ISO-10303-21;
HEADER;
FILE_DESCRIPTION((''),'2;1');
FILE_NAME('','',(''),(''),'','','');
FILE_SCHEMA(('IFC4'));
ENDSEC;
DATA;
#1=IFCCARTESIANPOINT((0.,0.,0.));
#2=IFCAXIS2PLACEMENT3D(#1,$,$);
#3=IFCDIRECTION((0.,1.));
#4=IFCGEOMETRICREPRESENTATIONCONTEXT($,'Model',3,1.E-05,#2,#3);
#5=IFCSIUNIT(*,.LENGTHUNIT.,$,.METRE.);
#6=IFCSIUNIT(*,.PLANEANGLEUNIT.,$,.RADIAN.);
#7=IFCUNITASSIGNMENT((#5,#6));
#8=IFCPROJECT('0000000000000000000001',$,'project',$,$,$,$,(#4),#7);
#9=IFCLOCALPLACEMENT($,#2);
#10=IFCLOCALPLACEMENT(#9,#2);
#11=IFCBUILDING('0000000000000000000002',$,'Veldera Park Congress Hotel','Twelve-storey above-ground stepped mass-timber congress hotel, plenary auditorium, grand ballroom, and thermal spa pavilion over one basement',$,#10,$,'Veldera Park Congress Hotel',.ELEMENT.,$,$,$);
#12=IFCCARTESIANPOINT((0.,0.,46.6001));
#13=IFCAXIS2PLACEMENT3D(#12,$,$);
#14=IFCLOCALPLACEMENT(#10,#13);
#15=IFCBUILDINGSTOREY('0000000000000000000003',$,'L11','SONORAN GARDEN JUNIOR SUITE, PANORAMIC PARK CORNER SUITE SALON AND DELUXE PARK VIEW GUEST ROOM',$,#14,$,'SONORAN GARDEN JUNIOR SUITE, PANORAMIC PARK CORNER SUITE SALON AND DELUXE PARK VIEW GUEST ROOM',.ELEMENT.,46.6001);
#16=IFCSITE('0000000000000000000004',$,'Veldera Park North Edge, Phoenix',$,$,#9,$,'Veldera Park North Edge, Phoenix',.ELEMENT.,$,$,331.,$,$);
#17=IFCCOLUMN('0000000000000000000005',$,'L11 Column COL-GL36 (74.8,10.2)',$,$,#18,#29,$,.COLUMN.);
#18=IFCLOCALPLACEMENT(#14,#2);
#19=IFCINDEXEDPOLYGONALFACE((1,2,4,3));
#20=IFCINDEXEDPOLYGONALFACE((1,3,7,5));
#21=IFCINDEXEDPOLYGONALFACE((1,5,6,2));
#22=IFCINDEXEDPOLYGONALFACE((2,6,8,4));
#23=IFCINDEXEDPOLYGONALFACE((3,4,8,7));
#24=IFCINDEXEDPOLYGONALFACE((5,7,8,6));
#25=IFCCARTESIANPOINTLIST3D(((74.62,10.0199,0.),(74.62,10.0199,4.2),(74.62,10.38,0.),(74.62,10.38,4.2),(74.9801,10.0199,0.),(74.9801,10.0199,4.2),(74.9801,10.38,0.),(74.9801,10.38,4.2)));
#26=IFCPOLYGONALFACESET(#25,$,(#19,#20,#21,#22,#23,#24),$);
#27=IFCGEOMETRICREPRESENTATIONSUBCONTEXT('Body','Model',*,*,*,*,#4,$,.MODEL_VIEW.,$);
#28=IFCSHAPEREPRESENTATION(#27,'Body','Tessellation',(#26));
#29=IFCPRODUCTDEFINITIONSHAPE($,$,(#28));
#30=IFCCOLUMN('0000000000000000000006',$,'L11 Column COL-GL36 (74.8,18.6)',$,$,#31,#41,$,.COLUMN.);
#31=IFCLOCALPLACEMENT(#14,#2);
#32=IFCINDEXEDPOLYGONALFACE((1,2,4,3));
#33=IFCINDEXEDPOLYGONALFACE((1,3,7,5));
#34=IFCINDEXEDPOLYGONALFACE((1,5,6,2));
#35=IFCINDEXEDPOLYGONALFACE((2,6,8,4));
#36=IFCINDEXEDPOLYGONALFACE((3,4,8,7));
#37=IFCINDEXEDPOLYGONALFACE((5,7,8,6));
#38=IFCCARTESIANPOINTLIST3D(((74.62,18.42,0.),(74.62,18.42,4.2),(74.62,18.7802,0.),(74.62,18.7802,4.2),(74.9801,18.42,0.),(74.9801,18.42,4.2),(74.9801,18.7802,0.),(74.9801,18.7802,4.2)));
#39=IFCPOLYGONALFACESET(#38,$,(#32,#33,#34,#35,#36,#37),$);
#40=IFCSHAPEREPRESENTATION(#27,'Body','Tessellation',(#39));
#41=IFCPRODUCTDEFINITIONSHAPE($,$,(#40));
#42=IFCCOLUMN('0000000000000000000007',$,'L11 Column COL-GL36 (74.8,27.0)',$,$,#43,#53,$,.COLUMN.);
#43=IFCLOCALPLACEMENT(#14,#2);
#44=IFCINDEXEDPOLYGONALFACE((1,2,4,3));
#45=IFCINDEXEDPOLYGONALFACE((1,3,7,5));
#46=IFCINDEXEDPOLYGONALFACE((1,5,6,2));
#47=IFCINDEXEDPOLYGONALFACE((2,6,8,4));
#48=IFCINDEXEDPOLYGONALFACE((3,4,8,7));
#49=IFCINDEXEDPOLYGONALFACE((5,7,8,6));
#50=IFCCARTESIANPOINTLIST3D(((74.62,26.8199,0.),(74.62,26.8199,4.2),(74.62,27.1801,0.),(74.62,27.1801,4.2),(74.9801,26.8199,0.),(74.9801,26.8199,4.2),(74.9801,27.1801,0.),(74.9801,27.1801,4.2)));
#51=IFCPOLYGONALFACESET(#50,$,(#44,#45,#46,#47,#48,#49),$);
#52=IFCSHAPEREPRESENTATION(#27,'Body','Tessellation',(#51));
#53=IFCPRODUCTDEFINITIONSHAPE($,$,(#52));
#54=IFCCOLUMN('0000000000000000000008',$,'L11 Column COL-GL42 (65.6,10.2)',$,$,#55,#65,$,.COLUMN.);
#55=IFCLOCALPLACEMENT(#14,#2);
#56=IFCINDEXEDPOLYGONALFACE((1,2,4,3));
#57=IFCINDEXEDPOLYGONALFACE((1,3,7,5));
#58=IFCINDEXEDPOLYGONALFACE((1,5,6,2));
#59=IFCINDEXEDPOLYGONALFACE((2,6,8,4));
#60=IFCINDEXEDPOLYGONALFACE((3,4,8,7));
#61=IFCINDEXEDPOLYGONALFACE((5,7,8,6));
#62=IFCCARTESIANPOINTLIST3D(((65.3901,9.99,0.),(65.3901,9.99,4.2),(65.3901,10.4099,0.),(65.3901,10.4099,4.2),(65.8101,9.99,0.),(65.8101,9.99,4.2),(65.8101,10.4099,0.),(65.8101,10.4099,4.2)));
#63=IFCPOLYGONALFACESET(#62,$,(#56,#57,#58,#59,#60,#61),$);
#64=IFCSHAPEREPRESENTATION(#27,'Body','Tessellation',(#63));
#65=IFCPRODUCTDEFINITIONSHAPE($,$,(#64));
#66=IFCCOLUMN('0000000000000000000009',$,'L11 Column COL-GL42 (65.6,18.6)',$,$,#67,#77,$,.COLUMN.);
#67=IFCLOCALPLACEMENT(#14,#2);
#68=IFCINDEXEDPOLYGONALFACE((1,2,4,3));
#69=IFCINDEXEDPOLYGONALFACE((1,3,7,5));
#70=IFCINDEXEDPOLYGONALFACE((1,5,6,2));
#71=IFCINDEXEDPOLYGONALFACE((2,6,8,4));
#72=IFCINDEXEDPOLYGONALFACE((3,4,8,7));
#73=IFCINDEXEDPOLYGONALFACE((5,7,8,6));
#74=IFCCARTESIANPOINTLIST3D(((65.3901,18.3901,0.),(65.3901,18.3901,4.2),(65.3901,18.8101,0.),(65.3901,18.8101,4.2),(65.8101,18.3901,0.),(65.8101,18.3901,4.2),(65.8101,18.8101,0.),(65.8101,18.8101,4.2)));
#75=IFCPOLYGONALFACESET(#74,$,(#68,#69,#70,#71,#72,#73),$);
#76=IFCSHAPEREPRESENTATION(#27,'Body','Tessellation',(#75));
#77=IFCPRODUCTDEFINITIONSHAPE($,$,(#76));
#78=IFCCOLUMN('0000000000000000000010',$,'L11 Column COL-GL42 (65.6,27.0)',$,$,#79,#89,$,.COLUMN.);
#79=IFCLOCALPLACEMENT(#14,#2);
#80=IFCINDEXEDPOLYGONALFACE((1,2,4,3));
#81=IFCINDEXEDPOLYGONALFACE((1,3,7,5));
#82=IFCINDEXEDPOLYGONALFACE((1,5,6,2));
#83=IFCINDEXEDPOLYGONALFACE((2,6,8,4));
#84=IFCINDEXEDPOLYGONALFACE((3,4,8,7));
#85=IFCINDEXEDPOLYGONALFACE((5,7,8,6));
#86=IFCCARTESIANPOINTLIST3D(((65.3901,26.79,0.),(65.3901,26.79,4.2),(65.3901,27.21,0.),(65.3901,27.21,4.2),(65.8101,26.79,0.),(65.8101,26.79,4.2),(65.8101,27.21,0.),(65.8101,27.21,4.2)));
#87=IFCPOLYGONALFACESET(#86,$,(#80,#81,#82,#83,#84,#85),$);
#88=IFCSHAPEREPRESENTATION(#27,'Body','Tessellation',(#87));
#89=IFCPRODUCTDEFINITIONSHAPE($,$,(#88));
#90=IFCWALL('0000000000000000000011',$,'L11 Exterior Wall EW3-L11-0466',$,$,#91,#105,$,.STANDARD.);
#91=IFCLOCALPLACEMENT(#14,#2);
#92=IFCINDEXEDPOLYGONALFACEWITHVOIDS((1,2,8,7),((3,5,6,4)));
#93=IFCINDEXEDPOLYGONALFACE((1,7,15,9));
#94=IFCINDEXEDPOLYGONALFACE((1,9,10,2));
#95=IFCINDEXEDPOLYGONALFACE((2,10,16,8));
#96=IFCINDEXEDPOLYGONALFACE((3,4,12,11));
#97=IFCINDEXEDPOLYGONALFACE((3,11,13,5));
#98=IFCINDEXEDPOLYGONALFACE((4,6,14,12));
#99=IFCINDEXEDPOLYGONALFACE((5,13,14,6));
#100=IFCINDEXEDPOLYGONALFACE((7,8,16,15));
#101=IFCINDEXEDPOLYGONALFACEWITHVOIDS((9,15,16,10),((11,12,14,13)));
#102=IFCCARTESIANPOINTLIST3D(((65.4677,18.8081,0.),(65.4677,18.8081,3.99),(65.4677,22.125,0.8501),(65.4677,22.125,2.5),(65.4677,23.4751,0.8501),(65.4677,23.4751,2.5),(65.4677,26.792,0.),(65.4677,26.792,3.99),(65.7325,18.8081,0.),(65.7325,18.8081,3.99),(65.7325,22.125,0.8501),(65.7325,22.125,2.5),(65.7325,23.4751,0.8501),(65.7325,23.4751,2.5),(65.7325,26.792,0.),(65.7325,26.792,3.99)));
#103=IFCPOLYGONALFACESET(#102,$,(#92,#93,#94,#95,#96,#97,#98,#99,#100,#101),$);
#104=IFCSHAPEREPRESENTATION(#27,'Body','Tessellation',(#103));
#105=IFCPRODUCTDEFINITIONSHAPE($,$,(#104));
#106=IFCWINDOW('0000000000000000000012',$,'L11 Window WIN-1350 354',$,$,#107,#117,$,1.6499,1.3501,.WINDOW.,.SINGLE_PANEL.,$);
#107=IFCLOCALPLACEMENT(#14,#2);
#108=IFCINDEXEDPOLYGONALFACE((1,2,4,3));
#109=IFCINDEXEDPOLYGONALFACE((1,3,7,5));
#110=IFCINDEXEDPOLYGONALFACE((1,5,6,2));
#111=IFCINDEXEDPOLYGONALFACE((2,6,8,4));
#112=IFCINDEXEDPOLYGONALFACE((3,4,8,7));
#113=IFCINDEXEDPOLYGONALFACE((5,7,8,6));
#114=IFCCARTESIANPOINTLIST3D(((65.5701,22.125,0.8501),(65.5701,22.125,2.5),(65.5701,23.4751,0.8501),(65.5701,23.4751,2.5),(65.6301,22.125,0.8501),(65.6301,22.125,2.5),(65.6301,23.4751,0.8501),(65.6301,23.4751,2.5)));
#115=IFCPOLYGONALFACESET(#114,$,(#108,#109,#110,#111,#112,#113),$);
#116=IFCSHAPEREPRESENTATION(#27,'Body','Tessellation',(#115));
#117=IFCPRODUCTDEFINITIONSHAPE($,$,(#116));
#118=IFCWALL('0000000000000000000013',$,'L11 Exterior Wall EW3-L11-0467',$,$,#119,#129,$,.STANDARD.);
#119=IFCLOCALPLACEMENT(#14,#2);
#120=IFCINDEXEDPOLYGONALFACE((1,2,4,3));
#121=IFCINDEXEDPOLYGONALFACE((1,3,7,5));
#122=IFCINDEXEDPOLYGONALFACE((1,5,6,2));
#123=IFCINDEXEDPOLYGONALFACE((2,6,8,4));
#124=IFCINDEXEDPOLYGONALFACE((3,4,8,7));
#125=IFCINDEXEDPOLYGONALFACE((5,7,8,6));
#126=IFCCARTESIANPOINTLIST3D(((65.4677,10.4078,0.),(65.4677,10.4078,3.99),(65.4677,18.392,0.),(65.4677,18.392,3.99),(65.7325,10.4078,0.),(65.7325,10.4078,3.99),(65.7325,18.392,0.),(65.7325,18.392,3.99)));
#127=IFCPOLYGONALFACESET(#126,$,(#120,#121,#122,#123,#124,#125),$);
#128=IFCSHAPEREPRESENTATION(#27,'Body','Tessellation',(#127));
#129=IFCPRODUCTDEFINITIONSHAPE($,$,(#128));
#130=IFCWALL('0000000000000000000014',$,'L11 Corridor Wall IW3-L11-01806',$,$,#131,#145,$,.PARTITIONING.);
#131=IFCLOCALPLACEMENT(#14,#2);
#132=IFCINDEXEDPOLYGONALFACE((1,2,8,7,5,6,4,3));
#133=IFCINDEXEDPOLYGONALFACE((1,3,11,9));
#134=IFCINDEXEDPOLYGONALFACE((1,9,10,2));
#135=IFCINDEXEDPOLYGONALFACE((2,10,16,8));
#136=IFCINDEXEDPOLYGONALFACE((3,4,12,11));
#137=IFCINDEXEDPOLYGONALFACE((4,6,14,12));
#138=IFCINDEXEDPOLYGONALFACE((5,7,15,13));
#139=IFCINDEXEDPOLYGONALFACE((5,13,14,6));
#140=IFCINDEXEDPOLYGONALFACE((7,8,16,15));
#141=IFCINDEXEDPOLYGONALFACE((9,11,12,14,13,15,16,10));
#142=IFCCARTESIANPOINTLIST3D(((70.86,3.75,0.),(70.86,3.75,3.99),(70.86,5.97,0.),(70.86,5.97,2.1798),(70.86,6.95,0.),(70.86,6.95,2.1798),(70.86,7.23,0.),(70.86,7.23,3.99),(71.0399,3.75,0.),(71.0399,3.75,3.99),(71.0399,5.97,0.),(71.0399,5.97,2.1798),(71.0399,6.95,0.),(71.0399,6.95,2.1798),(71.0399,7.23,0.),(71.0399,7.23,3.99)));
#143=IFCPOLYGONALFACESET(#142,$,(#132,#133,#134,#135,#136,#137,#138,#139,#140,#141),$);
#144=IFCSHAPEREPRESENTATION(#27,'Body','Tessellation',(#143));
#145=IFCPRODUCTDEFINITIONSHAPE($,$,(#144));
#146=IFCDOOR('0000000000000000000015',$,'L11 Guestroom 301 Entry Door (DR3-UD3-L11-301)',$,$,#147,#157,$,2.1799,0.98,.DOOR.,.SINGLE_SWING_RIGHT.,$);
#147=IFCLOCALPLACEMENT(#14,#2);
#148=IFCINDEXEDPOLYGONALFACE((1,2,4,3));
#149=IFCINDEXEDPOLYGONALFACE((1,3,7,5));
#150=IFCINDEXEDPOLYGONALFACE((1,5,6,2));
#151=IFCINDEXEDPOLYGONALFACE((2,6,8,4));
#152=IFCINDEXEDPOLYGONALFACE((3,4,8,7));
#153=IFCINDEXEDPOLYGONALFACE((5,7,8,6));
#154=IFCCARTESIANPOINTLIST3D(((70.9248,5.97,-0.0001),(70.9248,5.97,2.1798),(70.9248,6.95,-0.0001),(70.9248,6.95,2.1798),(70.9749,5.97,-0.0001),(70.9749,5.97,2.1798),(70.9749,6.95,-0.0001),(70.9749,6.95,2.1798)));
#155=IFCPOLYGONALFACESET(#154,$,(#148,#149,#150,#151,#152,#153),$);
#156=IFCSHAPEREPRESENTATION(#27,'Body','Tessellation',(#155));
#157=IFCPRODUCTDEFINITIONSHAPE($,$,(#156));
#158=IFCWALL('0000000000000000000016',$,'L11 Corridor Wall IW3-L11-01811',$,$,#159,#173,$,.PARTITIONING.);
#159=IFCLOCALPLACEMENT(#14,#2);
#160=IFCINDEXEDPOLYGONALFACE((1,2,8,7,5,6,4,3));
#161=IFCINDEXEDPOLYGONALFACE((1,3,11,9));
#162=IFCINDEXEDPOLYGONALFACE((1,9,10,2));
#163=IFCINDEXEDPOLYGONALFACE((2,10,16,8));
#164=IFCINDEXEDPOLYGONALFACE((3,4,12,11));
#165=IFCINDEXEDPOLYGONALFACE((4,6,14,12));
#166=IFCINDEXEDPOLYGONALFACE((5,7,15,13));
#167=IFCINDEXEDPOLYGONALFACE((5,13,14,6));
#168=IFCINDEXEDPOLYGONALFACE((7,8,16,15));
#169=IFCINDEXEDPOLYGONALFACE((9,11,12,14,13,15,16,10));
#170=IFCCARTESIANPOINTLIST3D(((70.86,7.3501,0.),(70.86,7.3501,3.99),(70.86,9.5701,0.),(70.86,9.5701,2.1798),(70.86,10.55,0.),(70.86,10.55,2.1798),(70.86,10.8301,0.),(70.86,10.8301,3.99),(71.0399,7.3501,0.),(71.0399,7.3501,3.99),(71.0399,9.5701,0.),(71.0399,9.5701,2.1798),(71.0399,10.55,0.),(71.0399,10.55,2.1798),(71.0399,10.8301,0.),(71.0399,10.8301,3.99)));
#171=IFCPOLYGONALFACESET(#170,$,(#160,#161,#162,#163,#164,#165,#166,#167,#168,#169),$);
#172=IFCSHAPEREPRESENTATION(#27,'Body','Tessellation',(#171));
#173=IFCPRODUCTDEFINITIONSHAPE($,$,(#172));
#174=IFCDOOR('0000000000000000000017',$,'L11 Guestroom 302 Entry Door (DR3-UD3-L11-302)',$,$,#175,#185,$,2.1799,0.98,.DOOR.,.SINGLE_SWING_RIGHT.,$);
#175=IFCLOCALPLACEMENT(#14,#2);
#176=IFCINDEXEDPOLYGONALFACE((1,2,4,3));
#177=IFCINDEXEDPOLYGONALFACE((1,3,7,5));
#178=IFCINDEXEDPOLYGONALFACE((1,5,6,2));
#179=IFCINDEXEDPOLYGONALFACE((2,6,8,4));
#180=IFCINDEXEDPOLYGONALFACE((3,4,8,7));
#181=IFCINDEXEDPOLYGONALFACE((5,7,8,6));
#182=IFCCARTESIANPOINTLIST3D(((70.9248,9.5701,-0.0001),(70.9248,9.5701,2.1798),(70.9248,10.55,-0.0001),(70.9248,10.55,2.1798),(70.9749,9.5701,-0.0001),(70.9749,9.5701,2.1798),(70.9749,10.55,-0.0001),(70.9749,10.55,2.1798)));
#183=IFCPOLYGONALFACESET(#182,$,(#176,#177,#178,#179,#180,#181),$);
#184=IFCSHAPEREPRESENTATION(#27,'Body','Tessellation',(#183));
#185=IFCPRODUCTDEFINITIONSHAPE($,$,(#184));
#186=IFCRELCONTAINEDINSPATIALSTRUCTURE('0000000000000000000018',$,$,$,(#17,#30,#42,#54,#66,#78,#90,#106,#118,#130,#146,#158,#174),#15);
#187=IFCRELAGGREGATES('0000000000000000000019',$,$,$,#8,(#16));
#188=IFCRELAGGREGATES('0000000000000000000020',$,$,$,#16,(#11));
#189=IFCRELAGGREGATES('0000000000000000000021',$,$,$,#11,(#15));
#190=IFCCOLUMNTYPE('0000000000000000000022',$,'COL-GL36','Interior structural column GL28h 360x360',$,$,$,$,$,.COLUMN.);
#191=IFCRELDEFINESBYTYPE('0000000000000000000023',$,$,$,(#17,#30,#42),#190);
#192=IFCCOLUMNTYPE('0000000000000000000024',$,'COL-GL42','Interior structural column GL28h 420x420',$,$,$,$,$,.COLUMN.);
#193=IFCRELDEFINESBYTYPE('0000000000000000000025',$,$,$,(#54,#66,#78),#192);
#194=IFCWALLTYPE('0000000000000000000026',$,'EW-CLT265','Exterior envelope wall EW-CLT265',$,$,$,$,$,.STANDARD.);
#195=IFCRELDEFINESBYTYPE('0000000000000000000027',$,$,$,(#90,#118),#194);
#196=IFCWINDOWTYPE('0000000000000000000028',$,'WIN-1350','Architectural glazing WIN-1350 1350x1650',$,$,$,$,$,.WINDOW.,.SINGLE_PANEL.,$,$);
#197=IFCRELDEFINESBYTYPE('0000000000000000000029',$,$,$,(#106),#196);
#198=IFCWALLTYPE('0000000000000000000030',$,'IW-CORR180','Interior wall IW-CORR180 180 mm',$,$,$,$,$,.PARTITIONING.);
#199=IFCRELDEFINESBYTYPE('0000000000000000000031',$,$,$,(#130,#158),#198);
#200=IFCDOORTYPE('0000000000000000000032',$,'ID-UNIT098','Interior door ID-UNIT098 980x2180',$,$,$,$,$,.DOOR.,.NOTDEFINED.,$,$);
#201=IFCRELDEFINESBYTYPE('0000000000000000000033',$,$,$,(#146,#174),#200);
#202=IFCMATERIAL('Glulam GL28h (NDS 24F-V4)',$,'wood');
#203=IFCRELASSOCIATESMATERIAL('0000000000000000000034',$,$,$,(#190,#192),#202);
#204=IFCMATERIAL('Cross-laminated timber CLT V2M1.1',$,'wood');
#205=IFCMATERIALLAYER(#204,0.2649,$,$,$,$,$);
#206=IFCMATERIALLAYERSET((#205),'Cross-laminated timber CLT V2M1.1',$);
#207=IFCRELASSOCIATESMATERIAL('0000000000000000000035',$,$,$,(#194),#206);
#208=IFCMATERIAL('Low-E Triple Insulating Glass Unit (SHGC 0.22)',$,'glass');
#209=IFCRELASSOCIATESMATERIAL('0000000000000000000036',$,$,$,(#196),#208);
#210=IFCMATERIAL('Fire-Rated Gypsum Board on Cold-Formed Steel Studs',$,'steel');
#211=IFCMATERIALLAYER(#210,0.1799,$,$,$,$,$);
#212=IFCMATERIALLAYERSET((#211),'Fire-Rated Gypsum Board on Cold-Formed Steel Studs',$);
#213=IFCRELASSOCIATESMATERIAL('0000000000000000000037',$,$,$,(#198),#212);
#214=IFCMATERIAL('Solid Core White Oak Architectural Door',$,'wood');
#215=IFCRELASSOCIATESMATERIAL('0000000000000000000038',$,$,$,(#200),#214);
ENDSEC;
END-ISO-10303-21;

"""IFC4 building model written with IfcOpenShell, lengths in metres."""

from ifc_helpers import new_model, si_unit, direction, frame, frame_2d, origin, origin_2d, place, context, subcontext, project, spatial, rectangle, extrude, material, layer, layer_set, material_profile, profile_set, type_object, element, fill, save


model = new_model("IFC4")

# Units and contexts
model_context = context("Model", 3, precision=1e-05, world=origin(), true_north=direction((0.0, 1.0)))
body_context = subcontext(model_context, "Body", "Model", "MODEL_VIEW")
ifc_project = project(units=[si_unit("LENGTHUNIT", "METRE"), si_unit("PLANEANGLEUNIT", "RADIAN")], contexts=[model_context])

# Site, building, storey
site_placement = place(None, origin())
site = spatial("IfcSite", under=ifc_project, at=site_placement, Name="Veldera Park North Edge, Phoenix", LongName="Veldera Park North Edge, Phoenix", CompositionType="ELEMENT", RefElevation=331.0)
building_placement = place(site_placement, origin())
building = spatial("IfcBuilding", under=site, at=building_placement, Name="Veldera Park Congress Hotel", Description="Twelve-storey above-ground stepped mass-timber congress hotel, plenary auditorium, grand ballroom, and thermal spa pavilion over one basement", LongName="Veldera Park Congress Hotel", CompositionType="ELEMENT")
storey_placement = place(building_placement, frame((0.0, 0.0, 46.6001)))
storey = spatial("IfcBuildingStorey", under=building, at=storey_placement, Name="L11", Description="SONORAN GARDEN JUNIOR SUITE, PANORAMIC PARK CORNER SUITE SALON AND DELUXE PARK VIEW GUEST ROOM", LongName="SONORAN GARDEN JUNIOR SUITE, PANORAMIC PARK CORNER SUITE SALON AND DELUXE PARK VIEW GUEST ROOM", CompositionType="ELEMENT", Elevation=46.6001)

# Columns
ifc_material_1 = material(Name="Glulam GL28h (NDS 24F-V4)", Category="wood")
ifc_material_profile_1 = material_profile(ifc_material_1, rectangle(XDim=0.3601, YDim=0.3601, at=origin_2d()), Name="GL28h 360x360")
ifc_profile_set_1 = profile_set([ifc_material_profile_1], Name="Glulam GL28h (NDS 24F-V4)")
column_type_1 = type_object("IfcColumnType", Name="COL-GL36", Description="Interior structural column GL28h 360x360", PredefinedType="COLUMN", material=ifc_profile_set_1)
for number, where, z_axis, x_axis, name in (
    (1, (74.8, 10.2, 0.0), (0.0, 0.0, 1.0), (1.0, 0.0, 0.0), "L11 Column COL-GL36 (74.8,10.2)"),
    (2, (74.8, 18.6001, 0.0), (0.0, 0.0, 1.0), (1.0, 0.0, 0.0), "L11 Column COL-GL36 (74.8,18.6)"),
    (3, (74.8, 27.0, 0.0), (0.0, 0.0, 1.0), (1.0, 0.0, 0.0), "L11 Column COL-GL36 (74.8,27.0)"),
):
    element("IfcColumn", number, at=place(storey_placement, frame(where, z_axis=z_axis, x_axis=x_axis)), inside=storey, type_object=column_type_1, Name=name, PredefinedType="COLUMN", context=body_context, shape_type="SweptSolid", body=[
        extrude(rectangle(XDim=0.3601, YDim=0.3601, at=origin_2d()), origin(), (0.0, 0.0, 1.0), 4.2),
    ])
ifc_material_profile_2 = material_profile(ifc_material_1, rectangle(XDim=0.4199, YDim=0.4199, at=origin_2d()), Name="GL28h 420x420")
ifc_profile_set_2 = profile_set([ifc_material_profile_2], Name="Glulam GL28h (NDS 24F-V4)")
column_type_2 = type_object("IfcColumnType", Name="COL-GL42", Description="Interior structural column GL28h 420x420", PredefinedType="COLUMN", material=ifc_profile_set_2)
for number, where, z_axis, x_axis, name in (
    (4, (65.6001, 10.2, 0.0), (0.0, 0.0, 1.0), (1.0, 0.0, 0.0), "L11 Column COL-GL42 (65.6,10.2)"),
    (5, (65.6001, 18.6001, 0.0), (0.0, 0.0, 1.0), (1.0, 0.0, 0.0), "L11 Column COL-GL42 (65.6,18.6)"),
    (6, (65.6001, 27.0, 0.0), (0.0, 0.0, 1.0), (1.0, 0.0, 0.0), "L11 Column COL-GL42 (65.6,27.0)"),
):
    element("IfcColumn", number, at=place(storey_placement, frame(where, z_axis=z_axis, x_axis=x_axis)), inside=storey, type_object=column_type_2, Name=name, PredefinedType="COLUMN", context=body_context, shape_type="SweptSolid", body=[
        extrude(rectangle(XDim=0.4199, YDim=0.4199, at=origin_2d()), origin(), (0.0, 0.0, 1.0), 4.2),
    ])

# Wall, opening, window
ifc_material_2 = material(Name="Cross-laminated timber CLT V2M1.1", Category="wood")
ifc_layer_1 = layer(ifc_material_2, 0.2649)
ifc_layer_set_1 = layer_set([ifc_layer_1], Name="Cross-laminated timber CLT V2M1.1")
wall_type_1 = type_object("IfcWallType", Name="EW-CLT265", Description="Exterior envelope wall EW-CLT265", PredefinedType="STANDARD", material=ifc_layer_set_1)
wall_1_placement = place(storey_placement, frame((65.6001, 26.792, 0.0), z_axis=(0.0, 0.0, 1.0), x_axis=(0.0, -1.0, 0.0)))
wall_1 = element("IfcWall", 7, at=wall_1_placement, inside=storey, type_object=wall_type_1, Name="L11 Exterior Wall EW3-L11-0466", PredefinedType="STANDARD", context=body_context, shape_type="SweptSolid", body=[
    extrude(rectangle(XDim=7.9839, YDim=0.2649, at=frame_2d((3.9919, 0.0))), origin(), (0.0, 0.0, 1.0), 3.99),
])
opening_1_placement = place(wall_1_placement, frame((3.3169, 0.0, 0.8501)))
opening_1 = element("IfcOpeningElement", 8, at=opening_1_placement, cuts=wall_1, PredefinedType="OPENING", context=body_context, shape_type="SweptSolid", body=[
    extrude(rectangle(XDim=1.3501, YDim=1.6499, at=frame_2d((0.675, 0.825))), frame((0.0, 0.1445, 0.0), z_axis=(0.0, -1.0, 0.0), x_axis=(1.0, 0.0, 0.0)), (0.0, 0.0, 1.0), 0.2888),
])
ifc_material_3 = material(Name="Low-E Triple Insulating Glass Unit (SHGC 0.22)", Category="glass")
window_type = type_object("IfcWindowType", Name="WIN-1350", Description="Architectural glazing WIN-1350 1350x1650", PartitioningType="SINGLE_PANEL", PredefinedType="WINDOW", material=ifc_material_3)
window_placement = place(opening_1_placement, origin())
window = element("IfcWindow", 9, at=window_placement, inside=storey, type_object=window_type, Name="L11 Window WIN-1350 354", OverallHeight=1.6499, OverallWidth=1.3501, PartitioningType="SINGLE_PANEL", PredefinedType="WINDOW", context=body_context, shape_type="SweptSolid", body=[
    extrude(rectangle(XDim=1.3501, YDim=1.6499, at=frame_2d((0.675, 0.825))), frame((0.0, 0.03, 0.0), z_axis=(0.0, -1.0, 0.0), x_axis=(1.0, 0.0, 0.0)), (0.0, 0.0, 1.0), 0.0601),
])
fill(opening_1, window)

# Wall
wall_2_placement = place(storey_placement, frame((65.6001, 18.3921, 0.0), z_axis=(0.0, 0.0, 1.0), x_axis=(0.0, -1.0, 0.0)))
element("IfcWall", 10, at=wall_2_placement, inside=storey, type_object=wall_type_1, Name="L11 Exterior Wall EW3-L11-0467", PredefinedType="STANDARD", context=body_context, shape_type="SweptSolid", body=[
    extrude(rectangle(XDim=7.9841, YDim=0.2649, at=frame_2d((3.9922, 0.0))), origin(), (0.0, 0.0, 1.0), 3.99),
])

# Walls, openings, doors
ifc_material_4 = material(Name="Fire-Rated Gypsum Board on Cold-Formed Steel Studs", Category="steel")
ifc_layer_2 = layer(ifc_material_4, 0.1799)
ifc_layer_set_2 = layer_set([ifc_layer_2], Name="Fire-Rated Gypsum Board on Cold-Formed Steel Studs")
wall_type_2 = type_object("IfcWallType", Name="IW-CORR180", Description="Interior wall IW-CORR180 180 mm", PredefinedType="PARTITIONING", material=ifc_layer_set_2)
wall_3_placement = place(storey_placement, frame((70.95, 7.23, 0.0), z_axis=(0.0, 0.0, 1.0), x_axis=(0.0, -1.0, 0.0)))
wall_3 = element("IfcWall", 11, at=wall_3_placement, inside=storey, type_object=wall_type_2, Name="L11 Corridor Wall IW3-L11-01806", PredefinedType="PARTITIONING", context=body_context, shape_type="SweptSolid", body=[
    extrude(rectangle(XDim=3.48, YDim=0.1799, at=frame_2d((1.74, 0.0))), origin(), (0.0, 0.0, 1.0), 3.99),
])
opening_2_placement = place(wall_3_placement, frame((0.28, 0.0, 0.0)))
opening_2 = element("IfcOpeningElement", 12, at=opening_2_placement, cuts=wall_3, PredefinedType="OPENING", context=body_context, shape_type="SweptSolid", body=[
    extrude(rectangle(XDim=0.98, YDim=2.1799, at=frame_2d((0.49, 1.0898))), frame((0.0, 0.1021, 0.0), z_axis=(0.0, -1.0, 0.0), x_axis=(1.0, 0.0, 0.0)), (0.0, 0.0, 1.0), 0.2039),
])
ifc_material_5 = material(Name="Solid Core White Oak Architectural Door", Category="wood")
door_type = type_object("IfcDoorType", Name="ID-UNIT098", Description="Interior door ID-UNIT098 980x2180", OperationType="NOTDEFINED", PredefinedType="DOOR", material=ifc_material_5)
door_1_placement = place(opening_2_placement, origin())
door_1 = element("IfcDoor", 13, at=door_1_placement, inside=storey, type_object=door_type, Name="L11 Guestroom 301 Entry Door (DR3-UD3-L11-301)", OperationType="SINGLE_SWING_RIGHT", OverallHeight=2.1799, OverallWidth=0.98, PredefinedType="DOOR", context=body_context, shape_type="SweptSolid", body=[
    extrude(rectangle(XDim=0.98, YDim=2.1799, at=frame_2d((0.49, 1.0898))), frame((0.0, 0.0249, 0.0), z_axis=(0.0, -1.0, 0.0), x_axis=(1.0, 0.0, 0.0)), (0.0, 0.0, 1.0), 0.05),
])
fill(opening_2, door_1)
wall_4_placement = place(storey_placement, frame((70.95, 10.8301, 0.0), z_axis=(0.0, 0.0, 1.0), x_axis=(0.0, -1.0, 0.0)))
wall_4 = element("IfcWall", 14, at=wall_4_placement, inside=storey, type_object=wall_type_2, Name="L11 Corridor Wall IW3-L11-01811", PredefinedType="PARTITIONING", context=body_context, shape_type="SweptSolid", body=[
    extrude(rectangle(XDim=3.48, YDim=0.1799, at=frame_2d((1.74, 0.0))), origin(), (0.0, 0.0, 1.0), 3.99),
])
opening_3_placement = place(wall_4_placement, frame((0.28, 0.0, 0.0)))
opening_3 = element("IfcOpeningElement", 15, at=opening_3_placement, cuts=wall_4, PredefinedType="OPENING", context=body_context, shape_type="SweptSolid", body=[
    extrude(rectangle(XDim=0.98, YDim=2.1799, at=frame_2d((0.49, 1.0898))), frame((0.0, 0.1021, 0.0), z_axis=(0.0, -1.0, 0.0), x_axis=(1.0, 0.0, 0.0)), (0.0, 0.0, 1.0), 0.2039),
])
door_2_placement = place(opening_3_placement, origin())
door_2 = element("IfcDoor", 16, at=door_2_placement, inside=storey, type_object=door_type, Name="L11 Guestroom 302 Entry Door (DR3-UD3-L11-302)", OperationType="SINGLE_SWING_RIGHT", OverallHeight=2.1799, OverallWidth=0.98, PredefinedType="DOOR", context=body_context, shape_type="SweptSolid", body=[
    extrude(rectangle(XDim=0.98, YDim=2.1799, at=frame_2d((0.49, 1.0898))), frame((0.0, 0.0249, 0.0), z_axis=(0.0, -1.0, 0.0), x_axis=(1.0, 0.0, 0.0)), (0.0, 0.0, 1.0), 0.05),
])
fill(opening_3, door_2)

save(model, "model.ifc")
